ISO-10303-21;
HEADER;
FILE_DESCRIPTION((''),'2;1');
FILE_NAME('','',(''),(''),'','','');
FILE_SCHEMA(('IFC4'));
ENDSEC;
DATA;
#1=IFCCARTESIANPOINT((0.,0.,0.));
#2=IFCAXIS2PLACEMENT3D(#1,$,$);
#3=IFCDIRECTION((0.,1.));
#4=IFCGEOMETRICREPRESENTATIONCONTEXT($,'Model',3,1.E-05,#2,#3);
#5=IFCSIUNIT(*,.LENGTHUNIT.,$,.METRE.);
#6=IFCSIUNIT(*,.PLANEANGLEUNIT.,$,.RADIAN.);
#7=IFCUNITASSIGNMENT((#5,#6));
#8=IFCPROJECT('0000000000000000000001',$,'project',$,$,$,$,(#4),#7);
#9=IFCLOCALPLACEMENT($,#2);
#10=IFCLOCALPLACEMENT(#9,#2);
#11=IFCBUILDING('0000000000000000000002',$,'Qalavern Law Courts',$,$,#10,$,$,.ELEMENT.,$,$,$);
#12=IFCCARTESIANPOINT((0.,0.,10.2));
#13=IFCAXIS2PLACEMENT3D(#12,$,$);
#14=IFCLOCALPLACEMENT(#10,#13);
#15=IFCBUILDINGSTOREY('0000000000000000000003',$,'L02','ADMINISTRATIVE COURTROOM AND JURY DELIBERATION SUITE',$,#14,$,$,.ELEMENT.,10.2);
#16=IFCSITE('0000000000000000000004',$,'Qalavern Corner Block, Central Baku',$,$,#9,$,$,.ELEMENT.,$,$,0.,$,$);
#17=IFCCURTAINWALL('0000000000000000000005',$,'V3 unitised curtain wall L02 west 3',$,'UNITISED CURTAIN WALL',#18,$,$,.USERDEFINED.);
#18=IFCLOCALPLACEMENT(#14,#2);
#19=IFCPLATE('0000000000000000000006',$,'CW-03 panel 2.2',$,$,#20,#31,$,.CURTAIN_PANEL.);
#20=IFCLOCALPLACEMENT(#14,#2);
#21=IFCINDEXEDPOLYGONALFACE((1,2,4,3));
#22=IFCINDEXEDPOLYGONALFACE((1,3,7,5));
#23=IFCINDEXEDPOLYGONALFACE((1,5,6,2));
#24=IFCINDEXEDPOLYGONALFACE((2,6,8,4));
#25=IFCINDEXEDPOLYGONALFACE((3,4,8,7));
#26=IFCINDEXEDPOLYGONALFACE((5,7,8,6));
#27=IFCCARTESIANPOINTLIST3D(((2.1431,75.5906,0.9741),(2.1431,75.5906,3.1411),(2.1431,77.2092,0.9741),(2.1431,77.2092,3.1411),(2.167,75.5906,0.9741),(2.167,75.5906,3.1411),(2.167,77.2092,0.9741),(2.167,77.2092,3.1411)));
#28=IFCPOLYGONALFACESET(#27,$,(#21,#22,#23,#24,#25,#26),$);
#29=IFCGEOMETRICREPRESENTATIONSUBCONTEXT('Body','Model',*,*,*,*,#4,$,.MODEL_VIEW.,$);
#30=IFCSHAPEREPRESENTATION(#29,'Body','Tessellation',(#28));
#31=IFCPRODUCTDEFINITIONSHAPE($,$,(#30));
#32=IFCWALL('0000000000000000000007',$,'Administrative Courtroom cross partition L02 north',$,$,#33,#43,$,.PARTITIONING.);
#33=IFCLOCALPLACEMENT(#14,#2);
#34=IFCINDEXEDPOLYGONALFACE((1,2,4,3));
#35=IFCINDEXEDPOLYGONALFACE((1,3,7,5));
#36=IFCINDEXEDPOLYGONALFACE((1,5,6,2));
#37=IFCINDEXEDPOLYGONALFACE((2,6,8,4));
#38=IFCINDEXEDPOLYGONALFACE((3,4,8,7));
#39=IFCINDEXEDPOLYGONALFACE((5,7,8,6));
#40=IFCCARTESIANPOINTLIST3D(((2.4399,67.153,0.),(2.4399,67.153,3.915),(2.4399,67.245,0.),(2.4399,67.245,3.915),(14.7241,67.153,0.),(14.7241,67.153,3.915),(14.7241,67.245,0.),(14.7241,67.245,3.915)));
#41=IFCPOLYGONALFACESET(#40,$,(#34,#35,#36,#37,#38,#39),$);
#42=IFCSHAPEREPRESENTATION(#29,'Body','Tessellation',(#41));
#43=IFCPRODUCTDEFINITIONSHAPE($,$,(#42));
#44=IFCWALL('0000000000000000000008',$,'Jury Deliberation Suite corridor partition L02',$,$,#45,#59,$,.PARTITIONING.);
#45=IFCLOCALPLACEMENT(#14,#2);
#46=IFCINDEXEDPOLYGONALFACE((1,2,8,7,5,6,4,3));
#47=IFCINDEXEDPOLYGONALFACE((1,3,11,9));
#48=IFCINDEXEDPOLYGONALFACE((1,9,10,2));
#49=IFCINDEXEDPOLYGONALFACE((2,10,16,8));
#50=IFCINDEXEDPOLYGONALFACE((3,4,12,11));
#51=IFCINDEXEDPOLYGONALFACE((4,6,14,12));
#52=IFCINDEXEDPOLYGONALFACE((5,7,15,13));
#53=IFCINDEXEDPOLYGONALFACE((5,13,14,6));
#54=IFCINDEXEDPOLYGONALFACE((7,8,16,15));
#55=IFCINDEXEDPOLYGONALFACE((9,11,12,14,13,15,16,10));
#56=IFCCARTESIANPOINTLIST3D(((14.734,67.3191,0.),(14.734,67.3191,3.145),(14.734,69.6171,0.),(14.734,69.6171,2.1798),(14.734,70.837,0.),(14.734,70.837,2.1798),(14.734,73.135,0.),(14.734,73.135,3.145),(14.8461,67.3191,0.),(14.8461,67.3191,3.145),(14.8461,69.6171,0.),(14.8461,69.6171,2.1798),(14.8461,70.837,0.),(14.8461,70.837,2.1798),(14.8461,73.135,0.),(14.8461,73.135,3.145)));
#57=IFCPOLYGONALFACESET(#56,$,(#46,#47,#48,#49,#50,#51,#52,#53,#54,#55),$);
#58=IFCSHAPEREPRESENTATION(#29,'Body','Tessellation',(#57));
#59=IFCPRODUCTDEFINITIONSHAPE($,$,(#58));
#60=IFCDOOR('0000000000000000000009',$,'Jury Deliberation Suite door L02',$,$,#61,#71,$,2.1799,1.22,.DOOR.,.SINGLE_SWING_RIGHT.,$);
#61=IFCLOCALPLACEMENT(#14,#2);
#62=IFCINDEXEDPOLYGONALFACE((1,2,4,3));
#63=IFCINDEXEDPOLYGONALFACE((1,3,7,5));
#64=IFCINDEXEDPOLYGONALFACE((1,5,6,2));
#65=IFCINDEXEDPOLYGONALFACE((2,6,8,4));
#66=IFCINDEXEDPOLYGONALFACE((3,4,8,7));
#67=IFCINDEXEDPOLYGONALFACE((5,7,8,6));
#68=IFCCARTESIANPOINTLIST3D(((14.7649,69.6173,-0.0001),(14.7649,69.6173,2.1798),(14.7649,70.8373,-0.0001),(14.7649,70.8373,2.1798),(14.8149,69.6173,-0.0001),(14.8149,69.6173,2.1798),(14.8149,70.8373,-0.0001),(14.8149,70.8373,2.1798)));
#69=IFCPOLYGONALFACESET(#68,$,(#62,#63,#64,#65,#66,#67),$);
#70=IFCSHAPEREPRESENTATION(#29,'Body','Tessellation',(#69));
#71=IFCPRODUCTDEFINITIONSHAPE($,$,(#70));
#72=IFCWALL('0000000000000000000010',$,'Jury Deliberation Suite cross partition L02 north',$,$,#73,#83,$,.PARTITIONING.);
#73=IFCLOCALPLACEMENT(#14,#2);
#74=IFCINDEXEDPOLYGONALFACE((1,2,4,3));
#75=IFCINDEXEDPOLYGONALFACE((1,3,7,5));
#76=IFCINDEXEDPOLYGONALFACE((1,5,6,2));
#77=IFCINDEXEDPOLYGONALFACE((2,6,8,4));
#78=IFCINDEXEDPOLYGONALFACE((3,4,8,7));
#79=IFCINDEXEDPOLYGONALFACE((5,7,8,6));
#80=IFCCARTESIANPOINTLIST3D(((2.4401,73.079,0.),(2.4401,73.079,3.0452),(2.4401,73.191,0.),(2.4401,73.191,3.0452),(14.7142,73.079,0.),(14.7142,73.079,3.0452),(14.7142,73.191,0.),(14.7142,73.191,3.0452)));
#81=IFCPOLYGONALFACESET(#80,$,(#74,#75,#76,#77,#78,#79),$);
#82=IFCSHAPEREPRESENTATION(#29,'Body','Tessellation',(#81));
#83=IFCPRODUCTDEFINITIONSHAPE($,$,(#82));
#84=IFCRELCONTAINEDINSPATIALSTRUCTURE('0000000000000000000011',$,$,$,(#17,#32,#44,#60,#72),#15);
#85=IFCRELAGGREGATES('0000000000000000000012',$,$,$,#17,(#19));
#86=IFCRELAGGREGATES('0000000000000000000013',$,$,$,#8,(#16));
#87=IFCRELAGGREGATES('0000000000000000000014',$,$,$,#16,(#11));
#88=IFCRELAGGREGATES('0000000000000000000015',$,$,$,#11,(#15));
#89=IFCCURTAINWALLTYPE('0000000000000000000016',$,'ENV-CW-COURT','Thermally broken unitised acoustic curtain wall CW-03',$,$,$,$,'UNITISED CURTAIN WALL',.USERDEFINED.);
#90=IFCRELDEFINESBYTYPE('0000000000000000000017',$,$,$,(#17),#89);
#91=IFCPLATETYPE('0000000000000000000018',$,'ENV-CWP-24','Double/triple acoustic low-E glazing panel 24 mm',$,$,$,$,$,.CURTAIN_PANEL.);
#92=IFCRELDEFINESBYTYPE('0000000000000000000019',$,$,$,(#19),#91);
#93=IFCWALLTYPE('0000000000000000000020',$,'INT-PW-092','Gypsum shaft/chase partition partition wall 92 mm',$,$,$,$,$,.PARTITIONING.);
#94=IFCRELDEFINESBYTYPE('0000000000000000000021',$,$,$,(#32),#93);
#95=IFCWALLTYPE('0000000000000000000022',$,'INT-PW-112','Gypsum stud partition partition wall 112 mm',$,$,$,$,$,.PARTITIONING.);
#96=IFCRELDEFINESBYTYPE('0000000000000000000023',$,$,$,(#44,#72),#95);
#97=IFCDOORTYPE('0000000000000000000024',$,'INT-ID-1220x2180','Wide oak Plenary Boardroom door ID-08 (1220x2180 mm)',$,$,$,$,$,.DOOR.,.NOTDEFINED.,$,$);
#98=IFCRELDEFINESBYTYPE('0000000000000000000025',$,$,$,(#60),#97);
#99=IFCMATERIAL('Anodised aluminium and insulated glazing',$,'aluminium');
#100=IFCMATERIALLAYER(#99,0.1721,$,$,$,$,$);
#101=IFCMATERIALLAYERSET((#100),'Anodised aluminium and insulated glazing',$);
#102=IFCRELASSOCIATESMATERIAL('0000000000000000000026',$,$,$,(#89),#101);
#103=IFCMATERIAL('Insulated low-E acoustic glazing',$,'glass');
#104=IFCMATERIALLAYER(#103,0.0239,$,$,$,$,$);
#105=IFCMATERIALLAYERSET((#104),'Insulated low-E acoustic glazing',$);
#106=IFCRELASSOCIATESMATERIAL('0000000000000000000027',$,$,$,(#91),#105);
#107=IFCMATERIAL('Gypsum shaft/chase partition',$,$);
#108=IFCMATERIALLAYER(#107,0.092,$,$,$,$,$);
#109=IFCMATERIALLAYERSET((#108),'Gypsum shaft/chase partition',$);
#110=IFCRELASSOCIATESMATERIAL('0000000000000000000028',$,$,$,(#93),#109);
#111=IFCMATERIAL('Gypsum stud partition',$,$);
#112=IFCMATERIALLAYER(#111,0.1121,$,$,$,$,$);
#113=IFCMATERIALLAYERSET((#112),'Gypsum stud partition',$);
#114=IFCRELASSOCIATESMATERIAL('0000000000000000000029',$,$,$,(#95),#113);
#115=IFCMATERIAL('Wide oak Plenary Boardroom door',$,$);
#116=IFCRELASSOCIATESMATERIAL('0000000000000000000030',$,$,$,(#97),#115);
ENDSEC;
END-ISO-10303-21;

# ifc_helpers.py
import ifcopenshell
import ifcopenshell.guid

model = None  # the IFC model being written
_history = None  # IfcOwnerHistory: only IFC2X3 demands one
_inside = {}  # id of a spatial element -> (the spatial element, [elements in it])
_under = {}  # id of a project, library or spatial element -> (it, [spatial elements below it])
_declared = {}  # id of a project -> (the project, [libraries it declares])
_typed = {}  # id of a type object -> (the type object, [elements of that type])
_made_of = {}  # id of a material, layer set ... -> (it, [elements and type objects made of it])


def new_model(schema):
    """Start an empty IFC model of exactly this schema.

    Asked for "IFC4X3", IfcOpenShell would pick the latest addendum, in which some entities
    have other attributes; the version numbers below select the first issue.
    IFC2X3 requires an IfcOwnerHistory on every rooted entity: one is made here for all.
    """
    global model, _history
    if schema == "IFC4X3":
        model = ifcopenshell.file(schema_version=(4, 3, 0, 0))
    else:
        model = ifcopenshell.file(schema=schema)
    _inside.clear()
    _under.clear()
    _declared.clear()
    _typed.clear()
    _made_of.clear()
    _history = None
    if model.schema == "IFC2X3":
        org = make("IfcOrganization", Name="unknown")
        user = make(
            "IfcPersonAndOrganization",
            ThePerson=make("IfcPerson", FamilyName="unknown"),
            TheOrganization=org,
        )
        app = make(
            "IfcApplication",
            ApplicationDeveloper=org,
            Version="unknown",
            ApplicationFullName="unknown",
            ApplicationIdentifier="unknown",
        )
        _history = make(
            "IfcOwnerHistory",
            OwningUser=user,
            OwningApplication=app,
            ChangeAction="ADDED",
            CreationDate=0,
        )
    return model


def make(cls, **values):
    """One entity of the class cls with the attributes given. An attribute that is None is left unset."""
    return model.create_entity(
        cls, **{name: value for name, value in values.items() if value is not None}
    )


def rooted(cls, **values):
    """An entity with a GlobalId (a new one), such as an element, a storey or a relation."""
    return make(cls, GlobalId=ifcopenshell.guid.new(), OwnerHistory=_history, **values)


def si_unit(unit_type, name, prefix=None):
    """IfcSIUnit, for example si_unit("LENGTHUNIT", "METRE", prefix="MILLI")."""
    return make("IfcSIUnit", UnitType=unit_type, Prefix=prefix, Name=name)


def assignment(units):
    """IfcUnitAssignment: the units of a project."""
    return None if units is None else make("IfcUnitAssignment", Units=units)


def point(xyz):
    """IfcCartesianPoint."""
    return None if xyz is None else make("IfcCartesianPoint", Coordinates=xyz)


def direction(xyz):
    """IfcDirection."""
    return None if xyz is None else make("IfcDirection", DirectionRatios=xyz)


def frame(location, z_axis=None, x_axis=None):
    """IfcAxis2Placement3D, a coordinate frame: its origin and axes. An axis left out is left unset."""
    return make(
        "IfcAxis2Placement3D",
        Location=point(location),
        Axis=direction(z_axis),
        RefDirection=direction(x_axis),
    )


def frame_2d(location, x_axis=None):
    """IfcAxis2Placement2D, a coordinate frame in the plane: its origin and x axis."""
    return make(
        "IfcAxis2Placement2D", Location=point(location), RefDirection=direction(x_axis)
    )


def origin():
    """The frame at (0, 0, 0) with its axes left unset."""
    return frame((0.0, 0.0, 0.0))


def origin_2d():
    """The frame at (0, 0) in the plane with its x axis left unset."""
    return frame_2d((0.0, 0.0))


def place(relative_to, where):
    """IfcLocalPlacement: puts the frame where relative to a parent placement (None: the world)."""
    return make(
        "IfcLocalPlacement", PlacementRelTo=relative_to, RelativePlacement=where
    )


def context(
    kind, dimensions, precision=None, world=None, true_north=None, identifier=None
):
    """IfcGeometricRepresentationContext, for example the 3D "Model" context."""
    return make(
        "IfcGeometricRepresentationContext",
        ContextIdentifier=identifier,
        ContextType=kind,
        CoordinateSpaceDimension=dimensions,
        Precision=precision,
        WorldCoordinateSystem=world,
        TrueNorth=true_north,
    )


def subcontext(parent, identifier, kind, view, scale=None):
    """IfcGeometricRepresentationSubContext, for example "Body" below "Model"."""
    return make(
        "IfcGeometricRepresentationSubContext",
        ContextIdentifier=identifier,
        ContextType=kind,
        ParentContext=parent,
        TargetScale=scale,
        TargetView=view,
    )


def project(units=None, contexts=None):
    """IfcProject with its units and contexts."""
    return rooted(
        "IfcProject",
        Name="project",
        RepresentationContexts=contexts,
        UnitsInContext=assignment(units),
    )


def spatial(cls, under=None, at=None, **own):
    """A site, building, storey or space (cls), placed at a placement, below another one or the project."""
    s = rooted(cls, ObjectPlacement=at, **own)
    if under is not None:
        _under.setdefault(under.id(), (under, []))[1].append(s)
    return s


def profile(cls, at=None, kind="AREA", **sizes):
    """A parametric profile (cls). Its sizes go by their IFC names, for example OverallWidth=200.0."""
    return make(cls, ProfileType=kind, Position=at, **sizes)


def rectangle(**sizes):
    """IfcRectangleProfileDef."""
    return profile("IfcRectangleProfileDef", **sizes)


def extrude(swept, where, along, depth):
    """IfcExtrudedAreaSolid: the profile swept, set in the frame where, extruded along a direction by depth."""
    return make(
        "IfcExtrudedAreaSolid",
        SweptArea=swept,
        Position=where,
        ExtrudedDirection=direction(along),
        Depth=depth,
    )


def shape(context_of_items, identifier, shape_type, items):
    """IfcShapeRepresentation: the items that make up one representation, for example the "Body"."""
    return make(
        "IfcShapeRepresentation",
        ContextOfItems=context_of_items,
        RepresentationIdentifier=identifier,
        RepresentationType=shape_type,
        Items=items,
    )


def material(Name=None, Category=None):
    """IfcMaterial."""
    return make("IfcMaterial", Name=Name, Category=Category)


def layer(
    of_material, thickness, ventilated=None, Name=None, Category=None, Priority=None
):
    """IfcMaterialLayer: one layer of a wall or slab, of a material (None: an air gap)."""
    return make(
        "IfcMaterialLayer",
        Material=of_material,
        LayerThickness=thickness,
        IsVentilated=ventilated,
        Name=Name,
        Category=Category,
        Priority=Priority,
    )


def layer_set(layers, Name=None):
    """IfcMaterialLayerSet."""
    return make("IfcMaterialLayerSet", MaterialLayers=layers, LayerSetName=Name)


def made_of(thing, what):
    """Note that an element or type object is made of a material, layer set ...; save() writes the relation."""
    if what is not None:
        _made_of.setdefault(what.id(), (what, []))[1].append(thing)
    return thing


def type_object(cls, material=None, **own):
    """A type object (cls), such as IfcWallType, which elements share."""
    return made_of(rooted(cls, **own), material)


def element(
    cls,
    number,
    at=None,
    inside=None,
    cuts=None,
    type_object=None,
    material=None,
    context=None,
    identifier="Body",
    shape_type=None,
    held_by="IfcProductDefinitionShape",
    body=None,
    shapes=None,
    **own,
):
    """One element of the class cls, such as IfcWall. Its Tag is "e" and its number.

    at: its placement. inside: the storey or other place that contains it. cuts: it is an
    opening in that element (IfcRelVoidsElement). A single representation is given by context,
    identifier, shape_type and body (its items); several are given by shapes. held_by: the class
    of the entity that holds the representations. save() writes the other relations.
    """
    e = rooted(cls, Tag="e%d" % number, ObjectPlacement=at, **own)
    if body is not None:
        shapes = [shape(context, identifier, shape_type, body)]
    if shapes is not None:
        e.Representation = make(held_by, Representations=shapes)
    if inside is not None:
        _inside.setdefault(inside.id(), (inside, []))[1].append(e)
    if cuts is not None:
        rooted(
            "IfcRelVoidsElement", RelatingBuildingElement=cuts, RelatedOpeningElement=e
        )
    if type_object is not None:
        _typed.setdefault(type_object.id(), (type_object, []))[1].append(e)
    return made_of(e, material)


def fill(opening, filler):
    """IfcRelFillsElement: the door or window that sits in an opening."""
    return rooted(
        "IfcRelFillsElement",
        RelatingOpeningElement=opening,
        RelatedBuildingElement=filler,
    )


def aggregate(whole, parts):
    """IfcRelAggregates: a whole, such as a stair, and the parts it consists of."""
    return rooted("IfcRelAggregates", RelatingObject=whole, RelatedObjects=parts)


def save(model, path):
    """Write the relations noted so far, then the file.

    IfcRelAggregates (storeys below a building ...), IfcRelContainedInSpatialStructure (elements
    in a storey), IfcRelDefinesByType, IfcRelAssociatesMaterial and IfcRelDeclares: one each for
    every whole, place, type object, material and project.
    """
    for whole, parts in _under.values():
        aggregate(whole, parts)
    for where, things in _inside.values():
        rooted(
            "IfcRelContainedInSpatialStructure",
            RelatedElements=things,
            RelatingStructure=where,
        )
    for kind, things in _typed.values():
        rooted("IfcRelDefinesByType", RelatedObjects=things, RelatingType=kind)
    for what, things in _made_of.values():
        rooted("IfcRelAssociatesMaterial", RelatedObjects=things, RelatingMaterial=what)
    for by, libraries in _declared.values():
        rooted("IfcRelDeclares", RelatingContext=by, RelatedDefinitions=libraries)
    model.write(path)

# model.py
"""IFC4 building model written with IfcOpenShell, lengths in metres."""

from ifc_helpers import new_model, si_unit, direction, frame, frame_2d, origin, origin_2d, place, context, subcontext, project, spatial, rectangle, extrude, material, layer, layer_set, type_object, element, fill, aggregate, save


model = new_model("IFC4")

# Units and contexts
model_context = context("Model", 3, precision=1e-05, world=origin(), true_north=direction((0.0, 1.0)))
body_context = subcontext(model_context, "Body", "Model", "MODEL_VIEW")
ifc_project = project(units=[si_unit("LENGTHUNIT", "METRE"), si_unit("PLANEANGLEUNIT", "RADIAN")], contexts=[model_context])

# Site, building, storey
site_placement = place(None, origin())
site = spatial("IfcSite", under=ifc_project, at=site_placement, Name="Qalavern Corner Block, Central Baku", CompositionType="ELEMENT", RefElevation=0.0)
building_placement = place(site_placement, origin())
building = spatial("IfcBuilding", under=site, at=building_placement, Name="Qalavern Law Courts", CompositionType="ELEMENT")
storey_placement = place(building_placement, frame((0.0, 0.0, 10.2)))
storey = spatial("IfcBuildingStorey", under=building, at=storey_placement, Name="L02", Description="ADMINISTRATIVE COURTROOM AND JURY DELIBERATION SUITE", CompositionType="ELEMENT", Elevation=10.2)

# Curtain wall
ifc_material_1 = material(Name="Anodised aluminium and insulated glazing", Category="aluminium")
ifc_layer_1 = layer(ifc_material_1, 0.1721)
ifc_layer_set_1 = layer_set([ifc_layer_1], Name="Anodised aluminium and insulated glazing")
curtain_wall_type = type_object("IfcCurtainWallType", Name="ENV-CW-COURT", Description="Thermally broken unitised acoustic curtain wall CW-03", ElementType="UNITISED CURTAIN WALL", PredefinedType="USERDEFINED", material=ifc_layer_set_1)
curtain_wall_placement = place(storey_placement, origin())
curtain_wall = element("IfcCurtainWall", 1, at=curtain_wall_placement, inside=storey, type_object=curtain_wall_type, Name="V3 unitised curtain wall L02 west 3", ObjectType="UNITISED CURTAIN WALL", PredefinedType="USERDEFINED")

# Plate
ifc_material_2 = material(Name="Insulated low-E acoustic glazing", Category="glass")
ifc_layer_2 = layer(ifc_material_2, 0.0239)
ifc_layer_set_2 = layer_set([ifc_layer_2], Name="Insulated low-E acoustic glazing")
plate_type = type_object("IfcPlateType", Name="ENV-CWP-24", Description="Double/triple acoustic low-E glazing panel 24 mm", PredefinedType="CURTAIN_PANEL", material=ifc_layer_set_2)
plate_1_placement = place(storey_placement, frame((2.155, 76.3999, 0.9741), z_axis=(0.0, 0.0, 1.0), x_axis=(0.0, -1.0, 0.0)))
plate_1 = element("IfcPlate", 2, at=plate_1_placement, type_object=plate_type, Name="CW-03 panel 2.2", PredefinedType="CURTAIN_PANEL", context=body_context, shape_type="SweptSolid", body=[
    extrude(rectangle(XDim=1.6187, YDim=0.0239, at=origin_2d()), origin(), (0.0, 0.0, 1.0), 2.167),
])
aggregate(curtain_wall, [plate_1])

# Wall
ifc_material_3 = material(Name="Gypsum shaft/chase partition")
ifc_layer_3 = layer(ifc_material_3, 0.092)
ifc_layer_set_3 = layer_set([ifc_layer_3], Name="Gypsum shaft/chase partition")
wall_type_1 = type_object("IfcWallType", Name="INT-PW-092", Description="Gypsum shaft/chase partition partition wall 92 mm", PredefinedType="PARTITIONING", material=ifc_layer_set_3)
wall_1_placement = place(storey_placement, frame((2.4399, 67.199, 0.0), z_axis=(0.0, 0.0, 1.0), x_axis=(1.0, 0.0, 0.0)))
element("IfcWall", 3, at=wall_1_placement, inside=storey, type_object=wall_type_1, Name="Administrative Courtroom cross partition L02 north", PredefinedType="PARTITIONING", context=body_context, shape_type="SweptSolid", body=[
    extrude(rectangle(XDim=12.2842, YDim=0.092, at=frame_2d((6.1421, 0.0))), origin(), (0.0, 0.0, 1.0), 3.915),
])

# Wall, opening, door
ifc_material_4 = material(Name="Gypsum stud partition")
ifc_layer_4 = layer(ifc_material_4, 0.1121)
ifc_layer_set_4 = layer_set([ifc_layer_4], Name="Gypsum stud partition")
wall_type_2 = type_object("IfcWallType", Name="INT-PW-112", Description="Gypsum stud partition partition wall 112 mm", PredefinedType="PARTITIONING", material=ifc_layer_set_4)
wall_2_placement = place(storey_placement, frame((14.79, 67.3191, 0.0), z_axis=(0.0, 0.0, 1.0), x_axis=(0.0, 1.0, 0.0)))
wall_2 = element("IfcWall", 4, at=wall_2_placement, inside=storey, type_object=wall_type_2, Name="Jury Deliberation Suite corridor partition L02", PredefinedType="PARTITIONING", context=body_context, shape_type="SweptSolid", body=[
    extrude(rectangle(XDim=5.8159, YDim=0.1121, at=frame_2d((2.908, 0.0))), origin(), (0.0, 0.0, 1.0), 3.145),
])
opening_placement = place(wall_2_placement, frame((2.2981, 0.0, 0.0)))
opening = element("IfcOpeningElement", 5, at=opening_placement, cuts=wall_2, PredefinedType="OPENING", context=body_context, shape_type="SweptSolid", body=[
    extrude(rectangle(XDim=1.22, YDim=2.1799, at=frame_2d((0.6099, 1.0898))), frame((0.0, 0.0708, 0.0), z_axis=(0.0, -1.0, 0.0), x_axis=(1.0, 0.0, 0.0)), (0.0, 0.0, 1.0), 0.1418),
])
ifc_material_5 = material(Name="Wide oak Plenary Boardroom door")
door_type = type_object("IfcDoorType", Name="INT-ID-1220x2180", Description="Wide oak Plenary Boardroom door ID-08 (1220x2180 mm)", OperationType="NOTDEFINED", PredefinedType="DOOR", material=ifc_material_5)
door_placement = place(opening_placement, frame((1.22, 0.0, 0.0), z_axis=(0.0, 0.0, 1.0), x_axis=(-1.0, 0.0, 0.0)))
door = element("IfcDoor", 6, at=door_placement, inside=storey, type_object=door_type, Name="Jury Deliberation Suite door L02", OperationType="SINGLE_SWING_RIGHT", OverallHeight=2.1799, OverallWidth=1.22, PredefinedType="DOOR", context=body_context, shape_type="SweptSolid", body=[
    extrude(rectangle(XDim=1.22, YDim=2.1799, at=frame_2d((0.6099, 1.0898))), frame((0.0, 0.0249, 0.0), z_axis=(0.0, -1.0, 0.0), x_axis=(1.0, 0.0, 0.0)), (0.0, 0.0, 1.0), 0.05),
])
fill(opening, door)

# Wall
wall_3_placement = place(storey_placement, frame((2.4399, 73.135, 0.0), z_axis=(0.0, 0.0, 1.0), x_axis=(1.0, 0.0, 0.0)))
element("IfcWall", 7, at=wall_3_placement, inside=storey, type_object=wall_type_2, Name="Jury Deliberation Suite cross partition L02 north", PredefinedType="PARTITIONING", context=body_context, shape_type="SweptSolid", body=[
    extrude(rectangle(XDim=12.2742, YDim=0.1121, at=frame_2d((6.1372, 0.0))), origin(), (0.0, 0.0, 1.0), 3.0452),
])

save(model, "model.ifc")
